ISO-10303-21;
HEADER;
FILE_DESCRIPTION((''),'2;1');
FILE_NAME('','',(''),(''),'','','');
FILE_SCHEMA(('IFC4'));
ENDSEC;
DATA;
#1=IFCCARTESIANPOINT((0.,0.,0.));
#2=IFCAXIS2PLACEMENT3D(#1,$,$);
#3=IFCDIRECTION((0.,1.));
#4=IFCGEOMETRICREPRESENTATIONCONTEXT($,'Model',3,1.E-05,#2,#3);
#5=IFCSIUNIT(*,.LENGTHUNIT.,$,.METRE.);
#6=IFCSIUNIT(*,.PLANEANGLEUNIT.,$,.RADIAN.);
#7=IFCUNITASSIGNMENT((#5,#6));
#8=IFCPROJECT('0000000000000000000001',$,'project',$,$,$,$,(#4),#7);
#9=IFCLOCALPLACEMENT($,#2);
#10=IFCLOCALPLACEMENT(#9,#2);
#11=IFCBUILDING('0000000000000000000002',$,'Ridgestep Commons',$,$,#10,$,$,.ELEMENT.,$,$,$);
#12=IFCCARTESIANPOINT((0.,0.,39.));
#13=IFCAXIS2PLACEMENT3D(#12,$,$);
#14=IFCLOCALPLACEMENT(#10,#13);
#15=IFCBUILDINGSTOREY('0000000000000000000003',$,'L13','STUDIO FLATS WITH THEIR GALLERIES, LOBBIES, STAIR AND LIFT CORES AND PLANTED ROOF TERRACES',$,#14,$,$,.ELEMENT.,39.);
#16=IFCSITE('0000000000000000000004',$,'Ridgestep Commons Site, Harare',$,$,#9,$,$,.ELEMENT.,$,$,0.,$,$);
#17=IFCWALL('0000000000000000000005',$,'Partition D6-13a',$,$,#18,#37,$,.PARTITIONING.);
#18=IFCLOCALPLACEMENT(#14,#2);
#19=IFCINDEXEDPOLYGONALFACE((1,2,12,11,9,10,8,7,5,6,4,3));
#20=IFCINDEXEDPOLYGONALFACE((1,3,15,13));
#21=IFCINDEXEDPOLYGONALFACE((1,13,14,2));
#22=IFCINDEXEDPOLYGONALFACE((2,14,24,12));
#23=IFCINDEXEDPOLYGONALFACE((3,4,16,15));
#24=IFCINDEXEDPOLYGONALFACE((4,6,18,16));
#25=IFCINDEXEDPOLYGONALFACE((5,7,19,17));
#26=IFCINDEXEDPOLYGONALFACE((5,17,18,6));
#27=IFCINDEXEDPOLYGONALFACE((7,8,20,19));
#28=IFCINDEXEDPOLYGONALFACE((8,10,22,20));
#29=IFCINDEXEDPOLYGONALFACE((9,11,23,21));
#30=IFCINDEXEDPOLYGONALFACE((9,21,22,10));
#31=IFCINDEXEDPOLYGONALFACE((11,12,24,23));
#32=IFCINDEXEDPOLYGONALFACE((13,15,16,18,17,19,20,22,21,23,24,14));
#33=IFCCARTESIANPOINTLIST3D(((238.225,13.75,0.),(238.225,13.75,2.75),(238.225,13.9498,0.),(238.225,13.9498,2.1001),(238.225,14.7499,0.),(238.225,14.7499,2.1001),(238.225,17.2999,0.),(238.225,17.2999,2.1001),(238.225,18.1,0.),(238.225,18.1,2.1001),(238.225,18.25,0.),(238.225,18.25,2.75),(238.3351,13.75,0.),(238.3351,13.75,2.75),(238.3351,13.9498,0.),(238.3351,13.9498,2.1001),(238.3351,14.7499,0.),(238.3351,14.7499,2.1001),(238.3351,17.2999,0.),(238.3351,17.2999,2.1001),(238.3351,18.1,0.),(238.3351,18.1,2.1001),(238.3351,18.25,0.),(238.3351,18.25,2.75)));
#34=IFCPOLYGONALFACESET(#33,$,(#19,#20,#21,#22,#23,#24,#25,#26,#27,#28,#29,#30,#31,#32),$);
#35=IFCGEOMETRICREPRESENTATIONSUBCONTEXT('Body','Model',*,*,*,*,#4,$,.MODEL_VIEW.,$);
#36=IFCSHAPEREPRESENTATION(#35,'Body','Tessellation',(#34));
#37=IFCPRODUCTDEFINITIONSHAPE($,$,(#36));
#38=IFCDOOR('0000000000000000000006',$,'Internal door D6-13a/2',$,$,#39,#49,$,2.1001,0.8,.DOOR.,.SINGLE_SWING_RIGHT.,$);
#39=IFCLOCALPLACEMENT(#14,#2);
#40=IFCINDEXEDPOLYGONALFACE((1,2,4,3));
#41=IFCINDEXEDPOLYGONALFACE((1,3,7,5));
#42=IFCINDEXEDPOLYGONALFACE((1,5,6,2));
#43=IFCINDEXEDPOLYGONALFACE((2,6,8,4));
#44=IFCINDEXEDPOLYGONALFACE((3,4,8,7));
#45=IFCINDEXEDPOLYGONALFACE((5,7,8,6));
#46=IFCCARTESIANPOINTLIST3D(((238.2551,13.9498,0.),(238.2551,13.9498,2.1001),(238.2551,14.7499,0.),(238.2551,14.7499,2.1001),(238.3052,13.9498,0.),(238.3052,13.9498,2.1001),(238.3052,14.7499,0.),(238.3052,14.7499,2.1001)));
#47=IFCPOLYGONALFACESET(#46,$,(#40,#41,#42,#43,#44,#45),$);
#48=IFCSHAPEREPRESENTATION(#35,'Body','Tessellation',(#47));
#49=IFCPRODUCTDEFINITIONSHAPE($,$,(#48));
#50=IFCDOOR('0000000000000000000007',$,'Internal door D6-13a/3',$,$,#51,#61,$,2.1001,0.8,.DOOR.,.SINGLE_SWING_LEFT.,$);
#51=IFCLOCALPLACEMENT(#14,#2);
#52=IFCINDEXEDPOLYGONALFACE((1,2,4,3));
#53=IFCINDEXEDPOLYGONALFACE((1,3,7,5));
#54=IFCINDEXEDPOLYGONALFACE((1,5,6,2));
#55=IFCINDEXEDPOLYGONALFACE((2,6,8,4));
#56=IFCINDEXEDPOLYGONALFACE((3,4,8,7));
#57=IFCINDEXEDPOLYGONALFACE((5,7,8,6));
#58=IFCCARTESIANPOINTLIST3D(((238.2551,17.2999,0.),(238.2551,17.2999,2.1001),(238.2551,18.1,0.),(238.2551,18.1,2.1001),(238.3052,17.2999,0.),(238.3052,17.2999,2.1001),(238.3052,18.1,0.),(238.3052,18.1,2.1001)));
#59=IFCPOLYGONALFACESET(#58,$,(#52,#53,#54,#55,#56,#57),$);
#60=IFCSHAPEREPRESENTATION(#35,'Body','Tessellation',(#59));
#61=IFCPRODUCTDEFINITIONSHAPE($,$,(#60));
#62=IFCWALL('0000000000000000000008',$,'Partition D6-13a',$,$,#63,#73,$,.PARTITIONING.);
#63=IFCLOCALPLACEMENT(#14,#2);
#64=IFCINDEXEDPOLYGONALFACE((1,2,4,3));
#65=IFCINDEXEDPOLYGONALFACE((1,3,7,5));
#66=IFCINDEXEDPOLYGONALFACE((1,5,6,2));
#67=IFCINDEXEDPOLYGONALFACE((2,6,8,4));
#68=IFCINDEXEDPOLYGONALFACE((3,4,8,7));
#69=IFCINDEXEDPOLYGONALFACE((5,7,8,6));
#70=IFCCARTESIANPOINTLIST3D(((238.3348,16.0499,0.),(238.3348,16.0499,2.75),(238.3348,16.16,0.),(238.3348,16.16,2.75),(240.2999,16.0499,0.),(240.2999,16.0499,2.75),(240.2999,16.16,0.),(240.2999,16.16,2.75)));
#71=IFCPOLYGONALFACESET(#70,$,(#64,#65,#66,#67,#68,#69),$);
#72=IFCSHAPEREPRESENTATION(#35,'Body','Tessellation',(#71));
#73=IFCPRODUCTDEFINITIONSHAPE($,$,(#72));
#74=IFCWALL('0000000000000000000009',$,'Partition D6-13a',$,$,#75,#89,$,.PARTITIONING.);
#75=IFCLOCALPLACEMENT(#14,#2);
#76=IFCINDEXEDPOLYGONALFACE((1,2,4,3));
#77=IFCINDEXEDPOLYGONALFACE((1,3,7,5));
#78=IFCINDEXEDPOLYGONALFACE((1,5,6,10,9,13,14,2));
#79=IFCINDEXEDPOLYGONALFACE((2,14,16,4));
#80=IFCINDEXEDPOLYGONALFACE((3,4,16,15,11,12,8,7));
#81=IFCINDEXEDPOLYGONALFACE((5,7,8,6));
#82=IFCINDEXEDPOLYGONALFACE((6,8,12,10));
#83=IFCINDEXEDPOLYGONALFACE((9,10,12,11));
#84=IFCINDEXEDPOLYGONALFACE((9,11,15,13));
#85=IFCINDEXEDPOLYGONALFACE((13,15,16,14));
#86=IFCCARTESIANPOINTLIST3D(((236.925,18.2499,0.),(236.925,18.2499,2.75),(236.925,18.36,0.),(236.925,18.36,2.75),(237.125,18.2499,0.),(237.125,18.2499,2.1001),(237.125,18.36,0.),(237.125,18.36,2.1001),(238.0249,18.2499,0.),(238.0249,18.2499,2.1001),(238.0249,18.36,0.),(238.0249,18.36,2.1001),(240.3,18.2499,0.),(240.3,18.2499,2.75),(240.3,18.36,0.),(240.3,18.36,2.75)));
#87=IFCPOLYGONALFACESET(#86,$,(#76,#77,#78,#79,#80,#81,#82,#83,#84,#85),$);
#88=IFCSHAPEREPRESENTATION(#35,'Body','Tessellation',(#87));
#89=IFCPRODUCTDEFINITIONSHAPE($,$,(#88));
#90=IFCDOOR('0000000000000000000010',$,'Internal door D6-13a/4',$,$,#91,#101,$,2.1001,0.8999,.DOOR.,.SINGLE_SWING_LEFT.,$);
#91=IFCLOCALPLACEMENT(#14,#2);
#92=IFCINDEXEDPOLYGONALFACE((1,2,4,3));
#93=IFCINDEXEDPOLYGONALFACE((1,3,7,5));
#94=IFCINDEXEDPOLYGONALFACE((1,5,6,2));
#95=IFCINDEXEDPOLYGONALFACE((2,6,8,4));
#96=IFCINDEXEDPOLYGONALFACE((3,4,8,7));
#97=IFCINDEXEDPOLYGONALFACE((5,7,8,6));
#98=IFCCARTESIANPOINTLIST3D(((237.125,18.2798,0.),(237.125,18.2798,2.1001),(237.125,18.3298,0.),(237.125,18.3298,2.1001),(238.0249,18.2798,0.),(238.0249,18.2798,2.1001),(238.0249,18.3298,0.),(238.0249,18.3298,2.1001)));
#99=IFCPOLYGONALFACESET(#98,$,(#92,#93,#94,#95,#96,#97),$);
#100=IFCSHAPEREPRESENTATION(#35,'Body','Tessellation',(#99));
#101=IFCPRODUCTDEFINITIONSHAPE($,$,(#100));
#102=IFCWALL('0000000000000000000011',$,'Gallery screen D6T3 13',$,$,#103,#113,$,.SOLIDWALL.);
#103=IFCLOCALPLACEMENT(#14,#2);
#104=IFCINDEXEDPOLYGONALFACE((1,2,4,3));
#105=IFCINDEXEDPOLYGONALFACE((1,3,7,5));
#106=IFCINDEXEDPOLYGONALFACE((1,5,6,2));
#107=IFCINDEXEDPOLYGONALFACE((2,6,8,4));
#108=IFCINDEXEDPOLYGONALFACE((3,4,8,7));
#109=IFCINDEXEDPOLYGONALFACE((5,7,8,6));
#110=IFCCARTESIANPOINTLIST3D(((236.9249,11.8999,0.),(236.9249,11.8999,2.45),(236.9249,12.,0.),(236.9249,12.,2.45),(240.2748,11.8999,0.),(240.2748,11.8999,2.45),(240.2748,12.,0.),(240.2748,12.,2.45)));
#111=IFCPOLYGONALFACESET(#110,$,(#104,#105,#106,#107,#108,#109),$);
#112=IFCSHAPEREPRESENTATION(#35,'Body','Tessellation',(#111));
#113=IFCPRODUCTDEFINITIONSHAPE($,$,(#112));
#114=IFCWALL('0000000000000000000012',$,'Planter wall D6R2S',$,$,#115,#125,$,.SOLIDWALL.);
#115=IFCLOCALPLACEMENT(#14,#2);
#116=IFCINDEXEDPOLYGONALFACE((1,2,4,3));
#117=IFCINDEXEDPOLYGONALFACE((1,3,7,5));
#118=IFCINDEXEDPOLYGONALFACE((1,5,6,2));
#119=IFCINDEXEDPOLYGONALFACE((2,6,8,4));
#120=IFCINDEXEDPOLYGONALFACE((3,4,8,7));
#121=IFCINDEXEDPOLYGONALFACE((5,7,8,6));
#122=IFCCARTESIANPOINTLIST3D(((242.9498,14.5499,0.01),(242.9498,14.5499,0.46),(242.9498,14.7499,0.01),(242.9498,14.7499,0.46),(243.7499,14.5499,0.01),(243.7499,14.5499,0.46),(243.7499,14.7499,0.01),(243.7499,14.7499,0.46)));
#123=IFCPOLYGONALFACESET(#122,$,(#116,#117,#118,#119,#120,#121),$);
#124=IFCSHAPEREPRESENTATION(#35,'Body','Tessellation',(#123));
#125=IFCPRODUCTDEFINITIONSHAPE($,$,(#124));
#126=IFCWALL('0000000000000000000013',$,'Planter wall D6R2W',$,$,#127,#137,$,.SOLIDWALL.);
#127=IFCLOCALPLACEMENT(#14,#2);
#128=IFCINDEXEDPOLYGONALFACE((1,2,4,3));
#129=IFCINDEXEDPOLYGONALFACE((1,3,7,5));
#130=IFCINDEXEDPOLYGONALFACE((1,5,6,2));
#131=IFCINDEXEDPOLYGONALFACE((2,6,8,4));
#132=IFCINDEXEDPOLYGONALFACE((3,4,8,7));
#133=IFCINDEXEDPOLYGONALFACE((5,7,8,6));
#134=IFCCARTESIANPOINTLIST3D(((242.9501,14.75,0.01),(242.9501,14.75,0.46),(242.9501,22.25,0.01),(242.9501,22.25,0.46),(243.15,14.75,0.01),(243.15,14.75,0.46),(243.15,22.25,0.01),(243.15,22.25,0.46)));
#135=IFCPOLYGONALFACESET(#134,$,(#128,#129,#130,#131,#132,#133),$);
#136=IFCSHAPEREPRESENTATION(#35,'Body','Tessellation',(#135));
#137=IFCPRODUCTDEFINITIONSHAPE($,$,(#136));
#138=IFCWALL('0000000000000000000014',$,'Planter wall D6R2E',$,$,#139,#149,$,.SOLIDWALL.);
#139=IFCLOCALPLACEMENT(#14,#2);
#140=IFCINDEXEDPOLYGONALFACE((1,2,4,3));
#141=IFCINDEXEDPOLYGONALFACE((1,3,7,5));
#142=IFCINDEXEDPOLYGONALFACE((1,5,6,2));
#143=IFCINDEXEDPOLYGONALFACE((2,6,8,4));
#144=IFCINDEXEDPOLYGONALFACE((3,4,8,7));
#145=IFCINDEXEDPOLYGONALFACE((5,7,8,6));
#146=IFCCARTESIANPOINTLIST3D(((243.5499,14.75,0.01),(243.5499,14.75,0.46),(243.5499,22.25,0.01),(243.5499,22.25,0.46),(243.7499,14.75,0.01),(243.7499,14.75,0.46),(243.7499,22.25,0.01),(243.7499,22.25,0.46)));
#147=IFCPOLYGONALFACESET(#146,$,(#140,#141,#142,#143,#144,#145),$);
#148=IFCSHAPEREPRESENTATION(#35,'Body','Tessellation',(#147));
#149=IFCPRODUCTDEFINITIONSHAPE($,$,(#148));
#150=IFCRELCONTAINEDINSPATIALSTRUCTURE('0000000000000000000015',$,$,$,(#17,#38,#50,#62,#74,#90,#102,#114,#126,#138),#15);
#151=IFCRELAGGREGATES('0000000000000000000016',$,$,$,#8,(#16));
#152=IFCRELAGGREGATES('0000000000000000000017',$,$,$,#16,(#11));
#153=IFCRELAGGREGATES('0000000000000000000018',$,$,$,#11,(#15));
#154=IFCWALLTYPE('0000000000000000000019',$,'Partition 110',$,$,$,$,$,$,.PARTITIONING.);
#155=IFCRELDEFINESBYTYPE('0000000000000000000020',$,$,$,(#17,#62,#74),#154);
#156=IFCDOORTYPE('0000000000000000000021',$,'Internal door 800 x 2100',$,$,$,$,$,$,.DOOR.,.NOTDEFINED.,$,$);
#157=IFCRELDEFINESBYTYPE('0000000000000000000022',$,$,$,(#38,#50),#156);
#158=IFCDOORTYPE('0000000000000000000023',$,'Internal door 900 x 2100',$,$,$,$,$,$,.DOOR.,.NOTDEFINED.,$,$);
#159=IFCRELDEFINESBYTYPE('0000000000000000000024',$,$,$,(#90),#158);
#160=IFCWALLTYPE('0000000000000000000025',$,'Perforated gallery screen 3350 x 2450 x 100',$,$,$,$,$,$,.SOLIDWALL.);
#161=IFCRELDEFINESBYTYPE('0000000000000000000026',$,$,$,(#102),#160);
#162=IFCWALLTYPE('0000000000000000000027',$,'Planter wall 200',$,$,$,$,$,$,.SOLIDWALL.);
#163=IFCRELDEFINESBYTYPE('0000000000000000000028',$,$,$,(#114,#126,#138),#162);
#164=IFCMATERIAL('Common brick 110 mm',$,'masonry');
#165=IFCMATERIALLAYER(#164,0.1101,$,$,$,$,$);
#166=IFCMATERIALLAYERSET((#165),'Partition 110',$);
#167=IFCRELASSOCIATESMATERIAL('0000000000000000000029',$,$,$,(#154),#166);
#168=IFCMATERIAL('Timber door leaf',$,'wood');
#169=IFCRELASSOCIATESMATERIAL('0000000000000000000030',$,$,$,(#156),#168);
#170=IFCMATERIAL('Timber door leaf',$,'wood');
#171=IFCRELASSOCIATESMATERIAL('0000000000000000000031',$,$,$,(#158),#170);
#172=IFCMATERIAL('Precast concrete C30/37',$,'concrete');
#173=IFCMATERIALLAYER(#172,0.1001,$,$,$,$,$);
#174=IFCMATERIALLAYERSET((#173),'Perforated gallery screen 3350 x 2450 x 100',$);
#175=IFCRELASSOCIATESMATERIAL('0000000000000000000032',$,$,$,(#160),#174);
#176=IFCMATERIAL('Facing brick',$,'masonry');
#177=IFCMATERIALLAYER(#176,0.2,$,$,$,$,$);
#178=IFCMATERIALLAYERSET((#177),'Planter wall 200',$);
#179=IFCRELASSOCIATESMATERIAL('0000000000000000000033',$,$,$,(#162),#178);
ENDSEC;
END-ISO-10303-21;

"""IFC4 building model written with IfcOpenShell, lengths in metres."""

from ifc_helpers import new_model, si_unit, direction, frame, frame_2d, origin, place, context, subcontext, project, spatial, rectangle, extrude, material, layer, layer_set, type_object, element, fill, save


model = new_model("IFC4")

# Units and contexts
model_context = context("Model", 3, precision=1e-05, world=origin(), true_north=direction((0.0, 1.0)))
body_context = subcontext(model_context, "Body", "Model", "MODEL_VIEW")
ifc_project = project(units=[si_unit("LENGTHUNIT", "METRE"), si_unit("PLANEANGLEUNIT", "RADIAN")], contexts=[model_context])

# Site, building, storey
site_placement = place(None, origin())
site = spatial("IfcSite", under=ifc_project, at=site_placement, Name="Ridgestep Commons Site, Harare", CompositionType="ELEMENT", RefElevation=0.0)
building_placement = place(site_placement, origin())
building = spatial("IfcBuilding", under=site, at=building_placement, Name="Ridgestep Commons", CompositionType="ELEMENT")
storey_placement = place(building_placement, frame((0.0, 0.0, 39.0)))
storey = spatial("IfcBuildingStorey", under=building, at=storey_placement, Name="L13", Description="STUDIO FLATS WITH THEIR GALLERIES, LOBBIES, STAIR AND LIFT CORES AND PLANTED ROOF TERRACES", CompositionType="ELEMENT", Elevation=39.0)

# Wall, openings, doors
ifc_material_1 = material(Name="Common brick 110 mm", Category="masonry")
ifc_layer_1 = layer(ifc_material_1, 0.1101)
ifc_layer_set_1 = layer_set([ifc_layer_1], Name="Partition 110")
wall_type_1 = type_object("IfcWallType", Name="Partition 110", PredefinedType="PARTITIONING", material=ifc_layer_set_1)
wall_1_placement = place(storey_placement, frame((238.28, 13.75, 0.0), z_axis=(0.0, 0.0, 1.0), x_axis=(0.0, 1.0, 0.0)))
wall_1 = element("IfcWall", 1, at=wall_1_placement, inside=storey, type_object=wall_type_1, Name="Partition D6-13a", PredefinedType="PARTITIONING", context=body_context, shape_type="SweptSolid", body=[
    extrude(rectangle(XDim=4.5, YDim=0.1101, at=frame_2d((2.25, 0.0))), origin(), (0.0, 0.0, 1.0), 2.75),
])
opening_1_placement = place(wall_1_placement, frame((0.2, 0.0, 0.0)))
opening_1 = element("IfcOpeningElement", 2, at=opening_1_placement, cuts=wall_1, PredefinedType="OPENING", context=body_context, shape_type="SweptSolid", body=[
    extrude(rectangle(XDim=0.8, YDim=2.1001, at=frame_2d((0.3999, 1.05))), frame((0.0, 0.0649, 0.0), z_axis=(0.0, -1.0, 0.0), x_axis=(1.0, 0.0, 0.0)), (0.0, 0.0, 1.0), 0.1301),
])
opening_2_placement = place(wall_1_placement, frame((3.55, 0.0, 0.0)))
opening_2 = element("IfcOpeningElement", 3, at=opening_2_placement, cuts=wall_1, PredefinedType="OPENING", context=body_context, shape_type="SweptSolid", body=[
    extrude(rectangle(XDim=0.8, YDim=2.1001, at=frame_2d((0.3999, 1.05))), frame((0.0, 0.0649, 0.0), z_axis=(0.0, -1.0, 0.0), x_axis=(1.0, 0.0, 0.0)), (0.0, 0.0, 1.0), 0.1301),
])
ifc_material_2 = material(Name="Timber door leaf", Category="wood")
door_type_1 = type_object("IfcDoorType", Name="Internal door 800 x 2100", OperationType="NOTDEFINED", PredefinedType="DOOR", material=ifc_material_2)
door_1_placement = place(opening_1_placement, origin())
door_1 = element("IfcDoor", 4, at=door_1_placement, inside=storey, type_object=door_type_1, Name="Internal door D6-13a/2", OperationType="SINGLE_SWING_RIGHT", OverallHeight=2.1001, OverallWidth=0.8, PredefinedType="DOOR", context=body_context, shape_type="SweptSolid", body=[
    extrude(rectangle(XDim=0.8, YDim=2.1001, at=frame_2d((0.3999, 1.05))), frame((0.0, 0.0249, 0.0), z_axis=(0.0, -1.0, 0.0), x_axis=(1.0, 0.0, 0.0)), (0.0, 0.0, 1.0), 0.05),
])
fill(opening_1, door_1)
door_2_placement = place(opening_2_placement, origin())
door_2 = element("IfcDoor", 5, at=door_2_placement, inside=storey, type_object=door_type_1, Name="Internal door D6-13a/3", OperationType="SINGLE_SWING_LEFT", OverallHeight=2.1001, OverallWidth=0.8, PredefinedType="DOOR", context=body_context, shape_type="SweptSolid", body=[
    extrude(rectangle(XDim=0.8, YDim=2.1001, at=frame_2d((0.3999, 1.05))), frame((0.0, 0.0249, 0.0), z_axis=(0.0, -1.0, 0.0), x_axis=(1.0, 0.0, 0.0)), (0.0, 0.0, 1.0), 0.05),
])
fill(opening_2, door_2)

# Wall
wall_2_placement = place(storey_placement, frame((238.335, 16.105, 0.0), z_axis=(0.0, 0.0, 1.0), x_axis=(1.0, 0.0, 0.0)))
element("IfcWall", 6, at=wall_2_placement, inside=storey, type_object=wall_type_1, Name="Partition D6-13a", PredefinedType="PARTITIONING", context=body_context, shape_type="SweptSolid", body=[
    extrude(rectangle(XDim=1.9651, YDim=0.1101, at=frame_2d((0.9824, 0.0))), origin(), (0.0, 0.0, 1.0), 2.75),
])

# Wall, opening, door
wall_3_placement = place(storey_placement, frame((236.925, 18.3049, 0.0), z_axis=(0.0, 0.0, 1.0), x_axis=(1.0, 0.0, 0.0)))
wall_3 = element("IfcWall", 7, at=wall_3_placement, inside=storey, type_object=wall_type_1, Name="Partition D6-13a", PredefinedType="PARTITIONING", context=body_context, shape_type="SweptSolid", body=[
    extrude(rectangle(XDim=3.375, YDim=0.1101, at=frame_2d((1.6875, 0.0))), origin(), (0.0, 0.0, 1.0), 2.75),
])
opening_3_placement = place(wall_3_placement, frame((0.2, 0.0, 0.0)))
opening_3 = element("IfcOpeningElement", 8, at=opening_3_placement, cuts=wall_3, PredefinedType="OPENING", context=body_context, shape_type="SweptSolid", body=[
    extrude(rectangle(XDim=0.8999, YDim=2.1001, at=frame_2d((0.45, 1.05))), frame((0.0, 0.0649, 0.0), z_axis=(0.0, -1.0, 0.0), x_axis=(1.0, 0.0, 0.0)), (0.0, 0.0, 1.0), 0.1301),
])
ifc_material_3 = material(Name="Timber door leaf", Category="wood")
door_type_2 = type_object("IfcDoorType", Name="Internal door 900 x 2100", OperationType="NOTDEFINED", PredefinedType="DOOR", material=ifc_material_3)
door_3_placement = place(opening_3_placement, origin())
door_3 = element("IfcDoor", 9, at=door_3_placement, inside=storey, type_object=door_type_2, Name="Internal door D6-13a/4", OperationType="SINGLE_SWING_LEFT", OverallHeight=2.1001, OverallWidth=0.8999, PredefinedType="DOOR", context=body_context, shape_type="SweptSolid", body=[
    extrude(rectangle(XDim=0.8999, YDim=2.1001, at=frame_2d((0.45, 1.05))), frame((0.0, 0.0249, 0.0), z_axis=(0.0, -1.0, 0.0), x_axis=(1.0, 0.0, 0.0)), (0.0, 0.0, 1.0), 0.05),
])
fill(opening_3, door_3)

# Walls
ifc_material_4 = material(Name="Precast concrete C30/37", Category="concrete")
ifc_layer_2 = layer(ifc_material_4, 0.1001)
ifc_layer_set_2 = layer_set([ifc_layer_2], Name="Perforated gallery screen 3350 x 2450 x 100")
wall_type_2 = type_object("IfcWallType", Name="Perforated gallery screen 3350 x 2450 x 100", PredefinedType="SOLIDWALL", material=ifc_layer_set_2)
wall_4_placement = place(storey_placement, frame((236.925, 11.95, 0.0), z_axis=(0.0, 0.0, 1.0), x_axis=(1.0, 0.0, 0.0)))
element("IfcWall", 10, at=wall_4_placement, inside=storey, type_object=wall_type_2, Name="Gallery screen D6T3 13", PredefinedType="SOLIDWALL", context=body_context, shape_type="SweptSolid", body=[
    extrude(rectangle(XDim=3.3499, YDim=0.1001, at=frame_2d((1.6748, 0.0))), origin(), (0.0, 0.0, 1.0), 2.45),
])
ifc_material_5 = material(Name="Facing brick", Category="masonry")
ifc_layer_3 = layer(ifc_material_5, 0.2)
ifc_layer_set_3 = layer_set([ifc_layer_3], Name="Planter wall 200")
wall_type_3 = type_object("IfcWallType", Name="Planter wall 200", PredefinedType="SOLIDWALL", material=ifc_layer_set_3)
wall_5_placement = place(storey_placement, frame((242.95, 14.6499, 0.01), z_axis=(0.0, 0.0, 1.0), x_axis=(1.0, 0.0, 0.0)))
element("IfcWall", 11, at=wall_5_placement, inside=storey, type_object=wall_type_3, Name="Planter wall D6R2S", PredefinedType="SOLIDWALL", context=body_context, shape_type="SweptSolid", body=[
    extrude(rectangle(XDim=0.8, YDim=0.2, at=frame_2d((0.3999, 0.0))), origin(), (0.0, 0.0, 1.0), 0.45),
])
for number, where, z_axis, x_axis, name in (
    (12, (243.05, 14.75, 0.01), (0.0, 0.0, 1.0), (0.0, 1.0, 0.0), "Planter wall D6R2W"),
    (13, (243.6499, 14.75, 0.01), (0.0, 0.0, 1.0), (0.0, 1.0, 0.0), "Planter wall D6R2E"),
):
    element("IfcWall", number, at=place(storey_placement, frame(where, z_axis=z_axis, x_axis=x_axis)), inside=storey, type_object=wall_type_3, Name=name, PredefinedType="SOLIDWALL", context=body_context, shape_type="SweptSolid", body=[
        extrude(rectangle(XDim=7.5, YDim=0.2, at=frame_2d((3.75, 0.0))), origin(), (0.0, 0.0, 1.0), 0.45),
    ])

save(model, "model.ifc")
